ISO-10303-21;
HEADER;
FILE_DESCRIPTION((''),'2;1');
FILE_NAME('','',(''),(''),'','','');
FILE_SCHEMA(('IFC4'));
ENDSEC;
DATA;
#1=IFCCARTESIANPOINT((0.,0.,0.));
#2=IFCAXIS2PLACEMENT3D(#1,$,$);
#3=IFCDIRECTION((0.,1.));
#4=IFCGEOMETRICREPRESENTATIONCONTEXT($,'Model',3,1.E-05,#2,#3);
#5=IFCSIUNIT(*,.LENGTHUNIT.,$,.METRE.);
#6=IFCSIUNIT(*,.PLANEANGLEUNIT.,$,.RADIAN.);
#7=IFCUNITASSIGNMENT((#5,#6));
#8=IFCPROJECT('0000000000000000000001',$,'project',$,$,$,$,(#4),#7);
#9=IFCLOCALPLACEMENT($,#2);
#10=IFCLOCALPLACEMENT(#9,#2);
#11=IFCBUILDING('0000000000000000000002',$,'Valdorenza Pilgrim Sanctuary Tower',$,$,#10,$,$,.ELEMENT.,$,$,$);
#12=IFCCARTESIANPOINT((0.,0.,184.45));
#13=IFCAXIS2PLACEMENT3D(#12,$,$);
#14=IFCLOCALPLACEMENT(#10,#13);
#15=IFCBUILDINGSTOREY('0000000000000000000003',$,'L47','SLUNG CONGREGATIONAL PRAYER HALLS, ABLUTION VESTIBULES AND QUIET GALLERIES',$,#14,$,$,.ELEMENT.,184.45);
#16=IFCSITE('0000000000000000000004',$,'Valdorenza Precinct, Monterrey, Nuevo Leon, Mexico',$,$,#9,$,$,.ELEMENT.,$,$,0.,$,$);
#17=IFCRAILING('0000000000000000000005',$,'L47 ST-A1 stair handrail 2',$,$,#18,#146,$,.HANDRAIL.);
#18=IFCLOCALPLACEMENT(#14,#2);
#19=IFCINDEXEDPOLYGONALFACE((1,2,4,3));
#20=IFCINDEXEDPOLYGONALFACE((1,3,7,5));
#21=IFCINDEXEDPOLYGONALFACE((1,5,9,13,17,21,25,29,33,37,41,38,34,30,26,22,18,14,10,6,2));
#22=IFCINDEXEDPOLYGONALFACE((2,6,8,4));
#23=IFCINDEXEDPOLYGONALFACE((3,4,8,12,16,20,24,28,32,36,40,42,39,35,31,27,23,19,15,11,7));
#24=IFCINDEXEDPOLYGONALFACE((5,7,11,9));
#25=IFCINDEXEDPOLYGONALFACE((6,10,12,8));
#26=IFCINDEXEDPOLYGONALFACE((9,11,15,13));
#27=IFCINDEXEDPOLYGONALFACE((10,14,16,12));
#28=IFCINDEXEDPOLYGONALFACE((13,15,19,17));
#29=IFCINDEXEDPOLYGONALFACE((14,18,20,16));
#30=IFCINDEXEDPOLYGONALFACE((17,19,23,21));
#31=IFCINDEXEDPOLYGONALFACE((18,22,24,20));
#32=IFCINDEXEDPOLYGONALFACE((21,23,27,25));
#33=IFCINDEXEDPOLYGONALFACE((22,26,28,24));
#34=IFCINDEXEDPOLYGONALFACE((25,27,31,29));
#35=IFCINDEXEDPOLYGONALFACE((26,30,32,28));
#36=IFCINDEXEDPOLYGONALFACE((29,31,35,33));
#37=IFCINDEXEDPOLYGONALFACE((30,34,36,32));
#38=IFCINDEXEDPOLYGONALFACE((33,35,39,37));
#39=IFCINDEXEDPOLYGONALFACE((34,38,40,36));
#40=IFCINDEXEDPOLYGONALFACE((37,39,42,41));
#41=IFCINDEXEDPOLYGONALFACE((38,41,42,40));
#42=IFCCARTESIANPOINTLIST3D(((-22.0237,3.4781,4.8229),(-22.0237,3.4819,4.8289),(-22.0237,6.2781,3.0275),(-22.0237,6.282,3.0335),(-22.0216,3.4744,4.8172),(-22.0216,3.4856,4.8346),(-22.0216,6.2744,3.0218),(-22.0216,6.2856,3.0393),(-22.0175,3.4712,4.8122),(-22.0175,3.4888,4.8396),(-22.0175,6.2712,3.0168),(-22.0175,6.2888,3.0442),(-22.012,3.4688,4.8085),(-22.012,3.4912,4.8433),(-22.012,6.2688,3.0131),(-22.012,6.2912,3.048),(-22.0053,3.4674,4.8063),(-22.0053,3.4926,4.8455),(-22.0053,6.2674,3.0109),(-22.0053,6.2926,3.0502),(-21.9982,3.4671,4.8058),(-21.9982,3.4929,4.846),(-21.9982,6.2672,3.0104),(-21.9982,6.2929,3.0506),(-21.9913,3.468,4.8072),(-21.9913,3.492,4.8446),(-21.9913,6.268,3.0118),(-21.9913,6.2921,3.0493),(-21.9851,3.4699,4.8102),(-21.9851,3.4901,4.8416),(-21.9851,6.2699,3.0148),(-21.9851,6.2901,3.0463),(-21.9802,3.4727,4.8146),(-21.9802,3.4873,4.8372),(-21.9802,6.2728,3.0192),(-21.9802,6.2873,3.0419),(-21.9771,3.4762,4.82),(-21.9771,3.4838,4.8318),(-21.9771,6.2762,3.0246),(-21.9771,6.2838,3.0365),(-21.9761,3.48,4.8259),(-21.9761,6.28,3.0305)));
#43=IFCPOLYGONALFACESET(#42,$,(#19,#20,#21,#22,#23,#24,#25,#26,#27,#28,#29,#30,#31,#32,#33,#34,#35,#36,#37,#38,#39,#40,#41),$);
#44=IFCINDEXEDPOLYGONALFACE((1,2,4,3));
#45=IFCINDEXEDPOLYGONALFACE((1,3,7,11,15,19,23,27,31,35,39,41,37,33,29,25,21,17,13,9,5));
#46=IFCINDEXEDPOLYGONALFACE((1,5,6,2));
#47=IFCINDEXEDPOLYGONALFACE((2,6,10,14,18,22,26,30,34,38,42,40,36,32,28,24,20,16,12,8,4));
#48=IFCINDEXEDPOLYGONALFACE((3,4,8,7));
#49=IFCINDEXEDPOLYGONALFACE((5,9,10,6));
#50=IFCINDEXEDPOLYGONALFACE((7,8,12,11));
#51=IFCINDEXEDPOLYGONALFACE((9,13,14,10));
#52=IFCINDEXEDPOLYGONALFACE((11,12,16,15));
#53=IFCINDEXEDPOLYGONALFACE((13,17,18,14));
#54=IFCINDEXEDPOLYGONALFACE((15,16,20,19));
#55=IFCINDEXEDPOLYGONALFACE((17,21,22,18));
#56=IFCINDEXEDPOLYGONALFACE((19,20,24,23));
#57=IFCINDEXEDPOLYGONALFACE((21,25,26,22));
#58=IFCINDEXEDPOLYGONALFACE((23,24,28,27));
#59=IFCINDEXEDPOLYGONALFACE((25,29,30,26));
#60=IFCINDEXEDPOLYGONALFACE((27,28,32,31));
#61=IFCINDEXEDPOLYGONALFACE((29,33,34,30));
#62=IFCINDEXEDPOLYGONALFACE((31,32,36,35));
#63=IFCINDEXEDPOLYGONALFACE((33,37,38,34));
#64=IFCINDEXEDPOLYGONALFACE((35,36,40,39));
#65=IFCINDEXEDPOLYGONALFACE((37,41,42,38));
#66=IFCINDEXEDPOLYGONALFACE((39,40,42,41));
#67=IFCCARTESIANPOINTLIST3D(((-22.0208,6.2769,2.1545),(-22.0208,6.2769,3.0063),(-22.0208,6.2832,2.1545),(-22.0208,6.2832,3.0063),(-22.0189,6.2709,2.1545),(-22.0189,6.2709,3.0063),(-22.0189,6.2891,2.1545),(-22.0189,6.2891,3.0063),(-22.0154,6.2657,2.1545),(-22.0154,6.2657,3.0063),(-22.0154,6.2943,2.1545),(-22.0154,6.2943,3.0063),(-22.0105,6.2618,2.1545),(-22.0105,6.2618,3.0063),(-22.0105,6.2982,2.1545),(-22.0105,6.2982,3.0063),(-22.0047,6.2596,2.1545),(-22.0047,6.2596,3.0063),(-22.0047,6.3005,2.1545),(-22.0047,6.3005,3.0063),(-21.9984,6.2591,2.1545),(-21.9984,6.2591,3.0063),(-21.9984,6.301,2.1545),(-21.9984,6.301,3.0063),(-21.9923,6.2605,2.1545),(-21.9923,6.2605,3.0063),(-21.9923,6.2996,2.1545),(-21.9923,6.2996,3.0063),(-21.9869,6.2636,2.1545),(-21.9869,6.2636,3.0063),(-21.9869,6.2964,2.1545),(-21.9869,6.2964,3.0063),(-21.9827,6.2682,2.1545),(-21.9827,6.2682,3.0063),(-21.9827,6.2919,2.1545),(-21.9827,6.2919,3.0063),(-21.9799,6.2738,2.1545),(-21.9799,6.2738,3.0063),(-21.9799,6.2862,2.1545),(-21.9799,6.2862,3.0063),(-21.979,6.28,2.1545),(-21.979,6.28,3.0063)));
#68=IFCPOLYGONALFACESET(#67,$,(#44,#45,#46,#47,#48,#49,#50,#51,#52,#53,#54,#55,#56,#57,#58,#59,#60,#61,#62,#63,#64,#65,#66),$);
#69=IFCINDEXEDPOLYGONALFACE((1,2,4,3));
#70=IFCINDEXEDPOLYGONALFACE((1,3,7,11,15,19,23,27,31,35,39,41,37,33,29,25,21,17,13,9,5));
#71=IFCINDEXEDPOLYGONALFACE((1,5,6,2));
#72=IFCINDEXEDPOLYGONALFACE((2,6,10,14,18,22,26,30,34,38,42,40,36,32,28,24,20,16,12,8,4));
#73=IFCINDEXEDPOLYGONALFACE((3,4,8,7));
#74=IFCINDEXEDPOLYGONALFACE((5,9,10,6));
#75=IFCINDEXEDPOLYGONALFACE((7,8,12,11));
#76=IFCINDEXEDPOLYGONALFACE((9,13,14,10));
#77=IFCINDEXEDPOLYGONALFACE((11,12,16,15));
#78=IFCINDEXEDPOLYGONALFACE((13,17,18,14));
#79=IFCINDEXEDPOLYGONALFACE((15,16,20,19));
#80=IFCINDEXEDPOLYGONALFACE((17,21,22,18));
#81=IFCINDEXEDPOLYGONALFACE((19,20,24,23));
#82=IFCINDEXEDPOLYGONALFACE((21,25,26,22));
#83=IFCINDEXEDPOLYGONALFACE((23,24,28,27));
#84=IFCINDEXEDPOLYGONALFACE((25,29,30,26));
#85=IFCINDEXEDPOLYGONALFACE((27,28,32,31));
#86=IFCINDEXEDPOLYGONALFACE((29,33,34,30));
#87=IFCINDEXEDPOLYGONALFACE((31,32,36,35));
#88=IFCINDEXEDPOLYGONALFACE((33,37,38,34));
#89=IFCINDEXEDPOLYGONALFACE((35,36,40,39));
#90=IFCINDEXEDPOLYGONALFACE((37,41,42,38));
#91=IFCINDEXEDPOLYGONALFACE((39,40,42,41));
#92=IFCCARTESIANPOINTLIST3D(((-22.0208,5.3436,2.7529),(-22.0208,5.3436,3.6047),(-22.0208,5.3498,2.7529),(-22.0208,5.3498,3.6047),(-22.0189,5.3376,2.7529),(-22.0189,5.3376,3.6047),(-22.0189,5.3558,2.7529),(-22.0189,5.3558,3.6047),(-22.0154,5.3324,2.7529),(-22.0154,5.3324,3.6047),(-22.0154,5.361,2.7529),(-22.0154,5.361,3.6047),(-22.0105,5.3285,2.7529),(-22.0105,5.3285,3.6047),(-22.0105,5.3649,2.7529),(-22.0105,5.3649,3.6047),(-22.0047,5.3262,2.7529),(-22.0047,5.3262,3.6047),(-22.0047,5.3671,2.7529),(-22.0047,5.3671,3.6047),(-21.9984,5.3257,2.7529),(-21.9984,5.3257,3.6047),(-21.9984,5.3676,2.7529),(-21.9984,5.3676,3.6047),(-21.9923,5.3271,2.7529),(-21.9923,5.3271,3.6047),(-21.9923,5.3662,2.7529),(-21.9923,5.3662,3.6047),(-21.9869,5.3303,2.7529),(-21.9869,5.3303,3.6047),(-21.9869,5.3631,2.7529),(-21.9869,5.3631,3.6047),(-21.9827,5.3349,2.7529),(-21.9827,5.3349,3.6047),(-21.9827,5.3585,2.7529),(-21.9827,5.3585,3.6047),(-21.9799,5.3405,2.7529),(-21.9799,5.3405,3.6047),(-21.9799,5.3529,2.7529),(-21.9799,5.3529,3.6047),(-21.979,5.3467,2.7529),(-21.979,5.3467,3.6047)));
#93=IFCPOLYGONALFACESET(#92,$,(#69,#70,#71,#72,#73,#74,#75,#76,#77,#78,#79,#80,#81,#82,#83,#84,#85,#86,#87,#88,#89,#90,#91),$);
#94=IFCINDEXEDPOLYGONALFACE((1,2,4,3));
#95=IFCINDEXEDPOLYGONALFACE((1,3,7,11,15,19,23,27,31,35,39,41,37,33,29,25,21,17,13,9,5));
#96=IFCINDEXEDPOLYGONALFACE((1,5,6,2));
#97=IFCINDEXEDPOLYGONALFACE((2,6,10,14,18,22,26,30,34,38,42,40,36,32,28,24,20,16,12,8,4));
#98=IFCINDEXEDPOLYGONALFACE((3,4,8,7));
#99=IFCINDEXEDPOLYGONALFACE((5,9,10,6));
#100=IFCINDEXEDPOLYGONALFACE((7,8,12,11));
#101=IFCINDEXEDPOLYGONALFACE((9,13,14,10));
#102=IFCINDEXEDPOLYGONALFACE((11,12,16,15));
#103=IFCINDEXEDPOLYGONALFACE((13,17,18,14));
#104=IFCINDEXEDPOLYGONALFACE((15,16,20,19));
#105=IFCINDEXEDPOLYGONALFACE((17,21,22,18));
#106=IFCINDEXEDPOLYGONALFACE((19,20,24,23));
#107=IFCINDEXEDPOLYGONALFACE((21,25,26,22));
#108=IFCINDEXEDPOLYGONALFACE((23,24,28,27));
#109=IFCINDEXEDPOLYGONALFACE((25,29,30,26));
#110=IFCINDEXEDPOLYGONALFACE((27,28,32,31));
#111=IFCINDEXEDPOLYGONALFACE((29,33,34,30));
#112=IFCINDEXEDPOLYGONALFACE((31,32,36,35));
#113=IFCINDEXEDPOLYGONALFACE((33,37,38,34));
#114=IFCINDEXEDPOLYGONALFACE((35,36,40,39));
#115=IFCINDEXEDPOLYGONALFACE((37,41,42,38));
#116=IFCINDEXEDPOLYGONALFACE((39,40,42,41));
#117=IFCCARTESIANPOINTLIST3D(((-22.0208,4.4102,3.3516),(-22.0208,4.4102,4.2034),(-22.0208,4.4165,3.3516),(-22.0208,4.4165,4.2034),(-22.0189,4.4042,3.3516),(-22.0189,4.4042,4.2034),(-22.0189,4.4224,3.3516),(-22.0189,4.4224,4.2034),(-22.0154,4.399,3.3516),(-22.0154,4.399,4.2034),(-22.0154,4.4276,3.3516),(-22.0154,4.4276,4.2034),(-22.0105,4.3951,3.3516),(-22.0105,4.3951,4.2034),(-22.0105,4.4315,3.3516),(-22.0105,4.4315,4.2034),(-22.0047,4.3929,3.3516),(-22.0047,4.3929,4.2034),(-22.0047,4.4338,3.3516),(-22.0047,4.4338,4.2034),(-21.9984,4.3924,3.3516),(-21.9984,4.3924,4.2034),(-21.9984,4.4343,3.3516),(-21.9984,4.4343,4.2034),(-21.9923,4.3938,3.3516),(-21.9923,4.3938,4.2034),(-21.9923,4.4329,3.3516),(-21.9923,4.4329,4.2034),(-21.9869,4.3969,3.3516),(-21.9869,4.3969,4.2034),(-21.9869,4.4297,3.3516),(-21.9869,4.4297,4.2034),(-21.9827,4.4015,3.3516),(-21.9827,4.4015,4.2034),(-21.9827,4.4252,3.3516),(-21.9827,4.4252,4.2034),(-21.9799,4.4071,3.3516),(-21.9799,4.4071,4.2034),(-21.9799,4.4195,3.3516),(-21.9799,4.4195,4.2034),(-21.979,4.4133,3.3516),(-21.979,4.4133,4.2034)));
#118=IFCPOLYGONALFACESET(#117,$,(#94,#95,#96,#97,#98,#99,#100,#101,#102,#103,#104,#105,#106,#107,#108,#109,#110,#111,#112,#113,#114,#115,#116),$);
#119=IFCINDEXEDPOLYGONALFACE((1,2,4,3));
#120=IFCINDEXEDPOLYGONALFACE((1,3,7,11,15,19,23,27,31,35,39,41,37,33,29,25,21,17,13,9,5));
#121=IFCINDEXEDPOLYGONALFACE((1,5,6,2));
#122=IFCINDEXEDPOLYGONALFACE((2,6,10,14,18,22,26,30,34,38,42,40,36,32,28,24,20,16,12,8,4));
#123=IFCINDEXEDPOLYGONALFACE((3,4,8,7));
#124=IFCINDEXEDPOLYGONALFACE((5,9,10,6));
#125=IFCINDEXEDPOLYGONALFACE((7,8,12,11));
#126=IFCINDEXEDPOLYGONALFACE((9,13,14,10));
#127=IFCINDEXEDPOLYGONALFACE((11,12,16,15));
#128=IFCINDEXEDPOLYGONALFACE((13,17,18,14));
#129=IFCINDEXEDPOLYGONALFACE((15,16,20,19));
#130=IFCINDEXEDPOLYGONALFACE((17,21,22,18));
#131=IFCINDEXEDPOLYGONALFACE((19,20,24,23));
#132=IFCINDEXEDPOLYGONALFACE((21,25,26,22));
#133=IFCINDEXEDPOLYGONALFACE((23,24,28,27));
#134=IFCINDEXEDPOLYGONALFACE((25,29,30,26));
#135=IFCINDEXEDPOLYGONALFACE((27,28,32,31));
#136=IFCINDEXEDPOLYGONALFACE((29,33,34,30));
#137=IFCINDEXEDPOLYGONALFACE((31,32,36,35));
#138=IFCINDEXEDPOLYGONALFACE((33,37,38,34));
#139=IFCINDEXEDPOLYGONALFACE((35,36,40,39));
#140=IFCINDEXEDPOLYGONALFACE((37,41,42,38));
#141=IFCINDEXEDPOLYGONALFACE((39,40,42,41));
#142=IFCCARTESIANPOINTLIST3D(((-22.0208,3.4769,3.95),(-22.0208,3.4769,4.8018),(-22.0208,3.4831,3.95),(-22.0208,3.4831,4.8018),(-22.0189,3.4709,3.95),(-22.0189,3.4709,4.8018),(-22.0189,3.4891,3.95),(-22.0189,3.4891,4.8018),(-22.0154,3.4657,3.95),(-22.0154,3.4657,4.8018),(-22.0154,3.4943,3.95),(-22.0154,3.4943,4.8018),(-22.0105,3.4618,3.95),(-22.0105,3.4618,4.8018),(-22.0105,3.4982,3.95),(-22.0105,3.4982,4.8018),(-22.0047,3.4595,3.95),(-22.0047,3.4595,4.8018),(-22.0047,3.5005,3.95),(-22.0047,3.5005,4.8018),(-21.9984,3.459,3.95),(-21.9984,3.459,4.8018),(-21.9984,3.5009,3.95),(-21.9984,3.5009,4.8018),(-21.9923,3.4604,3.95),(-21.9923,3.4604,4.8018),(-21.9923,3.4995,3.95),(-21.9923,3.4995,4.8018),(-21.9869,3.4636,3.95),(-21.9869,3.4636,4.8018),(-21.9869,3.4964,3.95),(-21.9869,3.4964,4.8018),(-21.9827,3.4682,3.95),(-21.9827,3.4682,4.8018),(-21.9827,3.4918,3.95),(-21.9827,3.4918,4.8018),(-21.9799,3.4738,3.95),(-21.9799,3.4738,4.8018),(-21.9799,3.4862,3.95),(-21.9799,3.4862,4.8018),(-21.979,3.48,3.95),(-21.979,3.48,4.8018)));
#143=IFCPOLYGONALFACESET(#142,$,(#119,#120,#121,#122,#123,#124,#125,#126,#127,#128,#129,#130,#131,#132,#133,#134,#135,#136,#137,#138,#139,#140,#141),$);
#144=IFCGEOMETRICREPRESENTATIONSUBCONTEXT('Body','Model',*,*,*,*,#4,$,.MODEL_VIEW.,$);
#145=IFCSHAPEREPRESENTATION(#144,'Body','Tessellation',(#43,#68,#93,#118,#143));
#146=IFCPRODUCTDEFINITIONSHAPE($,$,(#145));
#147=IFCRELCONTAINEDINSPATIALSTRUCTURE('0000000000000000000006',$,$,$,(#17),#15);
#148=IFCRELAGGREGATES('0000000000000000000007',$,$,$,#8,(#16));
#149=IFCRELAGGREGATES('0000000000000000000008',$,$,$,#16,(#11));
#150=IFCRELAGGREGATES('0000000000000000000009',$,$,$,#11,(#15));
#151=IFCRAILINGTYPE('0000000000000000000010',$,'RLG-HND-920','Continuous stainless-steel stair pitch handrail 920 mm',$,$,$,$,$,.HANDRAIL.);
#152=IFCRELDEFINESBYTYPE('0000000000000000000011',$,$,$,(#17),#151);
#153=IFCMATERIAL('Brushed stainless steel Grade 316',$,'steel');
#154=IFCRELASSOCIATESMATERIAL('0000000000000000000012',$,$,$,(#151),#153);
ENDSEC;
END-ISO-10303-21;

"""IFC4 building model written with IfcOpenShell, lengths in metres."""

from ifc_helpers import new_model, si_unit, direction, frame, origin, origin_2d, place, context, subcontext, project, spatial, circle, extrude, material, type_object, element, save


model = new_model("IFC4")

# Units and contexts
model_context = context("Model", 3, precision=1e-05, world=origin(), true_north=direction((0.0, 1.0)))
body_context = subcontext(model_context, "Body", "Model", "MODEL_VIEW")
ifc_project = project(units=[si_unit("LENGTHUNIT", "METRE"), si_unit("PLANEANGLEUNIT", "RADIAN")], contexts=[model_context])

# Site, building, storey
site_placement = place(None, origin())
site = spatial("IfcSite", under=ifc_project, at=site_placement, Name="Valdorenza Precinct, Monterrey, Nuevo Leon, Mexico", CompositionType="ELEMENT", RefElevation=0.0)
building_placement = place(site_placement, origin())
building = spatial("IfcBuilding", under=site, at=building_placement, Name="Valdorenza Pilgrim Sanctuary Tower", CompositionType="ELEMENT")
storey_placement = place(building_placement, frame((0.0, 0.0, 184.45)))
storey = spatial("IfcBuildingStorey", under=building, at=storey_placement, Name="L47", Description="SLUNG CONGREGATIONAL PRAYER HALLS, ABLUTION VESTIBULES AND QUIET GALLERIES", CompositionType="ELEMENT", Elevation=184.45)

# Shared definitions
ifc_material_1 = material(Name="Brushed stainless steel Grade 316", Category="steel")

# Railing
railing_type_1 = type_object("IfcRailingType", Name="RLG-HND-920", Description="Continuous stainless-steel stair pitch handrail 920 mm", PredefinedType="HANDRAIL", material=ifc_material_1)
railing_1_placement = place(storey_placement, frame((-22.0, 6.28, 2.1545)))
element("IfcRailing", 1, at=railing_1_placement, inside=storey, type_object=railing_type_1, Name="L47 ST-A1 stair handrail 2", PredefinedType="HANDRAIL", context=body_context, shape_type="SweptSolid", body=[
    extrude(circle(Radius=0.0239, at=origin_2d()), frame((0.0, 0.0, 0.876), z_axis=(0.0, -0.84181, 0.539774), x_axis=(1.0, 0.0, 0.0)), (0.0, 0.0, 1.0), 3.3262),
    extrude(circle(Radius=0.021, at=origin_2d()), origin(), (0.0, 0.0, 1.0), 0.8518),
    extrude(circle(Radius=0.021, at=origin_2d()), frame((0.0, -0.9333, 0.5984)), (0.0, 0.0, 1.0), 0.8518),
    extrude(circle(Radius=0.021, at=origin_2d()), frame((0.0, -1.8667, 1.197)), (0.0, 0.0, 1.0), 0.8518),
    extrude(circle(Radius=0.021, at=origin_2d()), frame((0.0, -2.8, 1.7954)), (0.0, 0.0, 1.0), 0.8518),
])

save(model, "model.ifc")
